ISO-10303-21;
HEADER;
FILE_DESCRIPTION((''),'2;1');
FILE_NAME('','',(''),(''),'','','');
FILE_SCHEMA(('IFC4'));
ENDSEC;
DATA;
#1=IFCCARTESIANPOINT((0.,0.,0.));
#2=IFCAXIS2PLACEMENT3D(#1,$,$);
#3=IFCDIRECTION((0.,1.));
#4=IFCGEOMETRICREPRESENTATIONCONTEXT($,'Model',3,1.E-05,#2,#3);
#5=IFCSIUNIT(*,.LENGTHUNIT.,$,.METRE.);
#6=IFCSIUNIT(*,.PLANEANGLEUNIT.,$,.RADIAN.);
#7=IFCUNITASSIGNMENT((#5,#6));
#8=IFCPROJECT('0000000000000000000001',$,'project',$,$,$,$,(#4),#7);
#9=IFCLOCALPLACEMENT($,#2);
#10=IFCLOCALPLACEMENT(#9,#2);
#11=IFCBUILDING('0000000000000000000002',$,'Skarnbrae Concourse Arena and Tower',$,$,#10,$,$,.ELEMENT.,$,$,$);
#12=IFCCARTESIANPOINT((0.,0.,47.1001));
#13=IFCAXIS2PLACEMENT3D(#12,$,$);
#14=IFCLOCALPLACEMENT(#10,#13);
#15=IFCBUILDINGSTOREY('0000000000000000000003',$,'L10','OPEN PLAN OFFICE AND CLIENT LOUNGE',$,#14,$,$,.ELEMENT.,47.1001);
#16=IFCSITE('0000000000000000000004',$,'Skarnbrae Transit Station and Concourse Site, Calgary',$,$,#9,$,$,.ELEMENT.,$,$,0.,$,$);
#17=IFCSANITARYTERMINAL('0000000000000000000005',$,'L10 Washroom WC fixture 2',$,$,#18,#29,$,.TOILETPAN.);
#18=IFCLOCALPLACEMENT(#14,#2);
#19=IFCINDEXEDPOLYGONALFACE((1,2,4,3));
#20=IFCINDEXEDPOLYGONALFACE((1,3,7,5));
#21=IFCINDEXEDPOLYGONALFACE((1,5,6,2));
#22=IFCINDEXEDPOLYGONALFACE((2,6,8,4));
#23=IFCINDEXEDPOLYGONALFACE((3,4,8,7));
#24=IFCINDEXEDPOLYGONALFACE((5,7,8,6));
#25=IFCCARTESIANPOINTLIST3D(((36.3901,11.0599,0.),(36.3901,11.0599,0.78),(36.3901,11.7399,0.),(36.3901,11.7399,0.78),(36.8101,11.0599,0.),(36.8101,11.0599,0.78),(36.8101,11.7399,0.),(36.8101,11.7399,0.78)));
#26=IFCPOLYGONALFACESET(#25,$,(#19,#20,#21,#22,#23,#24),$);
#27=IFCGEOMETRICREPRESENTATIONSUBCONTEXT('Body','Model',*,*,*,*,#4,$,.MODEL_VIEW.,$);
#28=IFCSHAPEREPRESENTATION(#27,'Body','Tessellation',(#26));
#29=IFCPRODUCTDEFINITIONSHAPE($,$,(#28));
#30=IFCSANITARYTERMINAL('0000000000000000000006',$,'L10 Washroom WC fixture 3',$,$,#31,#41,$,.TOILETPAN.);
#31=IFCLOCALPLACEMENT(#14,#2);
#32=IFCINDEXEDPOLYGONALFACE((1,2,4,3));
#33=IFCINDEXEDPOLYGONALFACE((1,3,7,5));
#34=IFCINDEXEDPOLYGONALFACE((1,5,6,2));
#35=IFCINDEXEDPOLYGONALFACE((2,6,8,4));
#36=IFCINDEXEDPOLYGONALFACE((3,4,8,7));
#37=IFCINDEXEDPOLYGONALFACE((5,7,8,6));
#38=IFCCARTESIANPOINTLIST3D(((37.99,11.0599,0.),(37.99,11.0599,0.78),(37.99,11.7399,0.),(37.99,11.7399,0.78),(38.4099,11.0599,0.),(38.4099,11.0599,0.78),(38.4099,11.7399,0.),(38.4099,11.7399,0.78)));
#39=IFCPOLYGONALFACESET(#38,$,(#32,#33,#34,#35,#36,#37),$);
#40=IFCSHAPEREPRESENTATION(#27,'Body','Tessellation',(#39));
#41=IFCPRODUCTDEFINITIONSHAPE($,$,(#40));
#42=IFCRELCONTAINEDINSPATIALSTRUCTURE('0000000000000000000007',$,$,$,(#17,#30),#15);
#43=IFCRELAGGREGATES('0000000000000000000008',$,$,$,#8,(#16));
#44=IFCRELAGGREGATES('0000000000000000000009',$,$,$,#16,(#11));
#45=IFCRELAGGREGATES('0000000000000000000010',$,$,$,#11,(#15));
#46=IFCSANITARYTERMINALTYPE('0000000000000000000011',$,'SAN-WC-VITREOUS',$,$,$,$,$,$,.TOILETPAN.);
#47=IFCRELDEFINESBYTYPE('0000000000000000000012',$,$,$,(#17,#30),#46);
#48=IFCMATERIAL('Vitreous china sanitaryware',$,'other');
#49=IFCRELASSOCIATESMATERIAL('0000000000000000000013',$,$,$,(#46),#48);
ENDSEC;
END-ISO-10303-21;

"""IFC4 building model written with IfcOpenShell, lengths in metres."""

from ifc_helpers import new_model, si_unit, direction, frame, origin, origin_2d, place, context, subcontext, project, spatial, rectangle, extrude, source, transform, mapped, material, type_object, element, save


model = new_model("IFC4")

# Units and contexts
model_context = context("Model", 3, precision=1e-05, world=origin(), true_north=direction((0.0, 1.0)))
body_context = subcontext(model_context, "Body", "Model", "MODEL_VIEW")
ifc_project = project(units=[si_unit("LENGTHUNIT", "METRE"), si_unit("PLANEANGLEUNIT", "RADIAN")], contexts=[model_context])

# Site, building, storey
site_placement = place(None, origin())
site = spatial("IfcSite", under=ifc_project, at=site_placement, Name="Skarnbrae Transit Station and Concourse Site, Calgary", CompositionType="ELEMENT", RefElevation=0.0)
building_placement = place(site_placement, origin())
building = spatial("IfcBuilding", under=site, at=building_placement, Name="Skarnbrae Concourse Arena and Tower", CompositionType="ELEMENT")
storey_placement = place(building_placement, frame((0.0, 0.0, 47.1001)))
storey = spatial("IfcBuildingStorey", under=building, at=storey_placement, Name="L10", Description="OPEN PLAN OFFICE AND CLIENT LOUNGE", CompositionType="ELEMENT", Elevation=47.1001)

# Sanitary terminals
ifc_material_1 = material(Name="Vitreous china sanitaryware", Category="other")
sanitary_terminal_type = type_object("IfcSanitaryTerminalType", Name="SAN-WC-VITREOUS", PredefinedType="TOILETPAN", material=ifc_material_1)
shared_shape_1 = source(origin(), body_context, "Body", "SweptSolid", [
    extrude(rectangle(XDim=0.4199, YDim=0.6799, at=origin_2d()), origin(), (0.0, 0.0, 1.0), 0.78),
])
for number, where, z_axis, x_axis, name in (
    (1, (36.6001, 11.3999, 0.0), (0.0, 0.0, 1.0), (1.0, 0.0, 0.0), "L10 Washroom WC fixture 2"),
    (2, (38.2, 11.3999, 0.0), (0.0, 0.0, 1.0), (1.0, 0.0, 0.0), "L10 Washroom WC fixture 3"),
):
    element("IfcSanitaryTerminal", number, at=place(storey_placement, frame(where, z_axis=z_axis, x_axis=x_axis)), inside=storey, type_object=sanitary_terminal_type, Name=name, PredefinedType="TOILETPAN", context=body_context, shape_type="MappedRepresentation", body=[
        mapped(shared_shape_1, transform((0.0, 0.0, 0.0))),
    ])

save(model, "model.ifc")
